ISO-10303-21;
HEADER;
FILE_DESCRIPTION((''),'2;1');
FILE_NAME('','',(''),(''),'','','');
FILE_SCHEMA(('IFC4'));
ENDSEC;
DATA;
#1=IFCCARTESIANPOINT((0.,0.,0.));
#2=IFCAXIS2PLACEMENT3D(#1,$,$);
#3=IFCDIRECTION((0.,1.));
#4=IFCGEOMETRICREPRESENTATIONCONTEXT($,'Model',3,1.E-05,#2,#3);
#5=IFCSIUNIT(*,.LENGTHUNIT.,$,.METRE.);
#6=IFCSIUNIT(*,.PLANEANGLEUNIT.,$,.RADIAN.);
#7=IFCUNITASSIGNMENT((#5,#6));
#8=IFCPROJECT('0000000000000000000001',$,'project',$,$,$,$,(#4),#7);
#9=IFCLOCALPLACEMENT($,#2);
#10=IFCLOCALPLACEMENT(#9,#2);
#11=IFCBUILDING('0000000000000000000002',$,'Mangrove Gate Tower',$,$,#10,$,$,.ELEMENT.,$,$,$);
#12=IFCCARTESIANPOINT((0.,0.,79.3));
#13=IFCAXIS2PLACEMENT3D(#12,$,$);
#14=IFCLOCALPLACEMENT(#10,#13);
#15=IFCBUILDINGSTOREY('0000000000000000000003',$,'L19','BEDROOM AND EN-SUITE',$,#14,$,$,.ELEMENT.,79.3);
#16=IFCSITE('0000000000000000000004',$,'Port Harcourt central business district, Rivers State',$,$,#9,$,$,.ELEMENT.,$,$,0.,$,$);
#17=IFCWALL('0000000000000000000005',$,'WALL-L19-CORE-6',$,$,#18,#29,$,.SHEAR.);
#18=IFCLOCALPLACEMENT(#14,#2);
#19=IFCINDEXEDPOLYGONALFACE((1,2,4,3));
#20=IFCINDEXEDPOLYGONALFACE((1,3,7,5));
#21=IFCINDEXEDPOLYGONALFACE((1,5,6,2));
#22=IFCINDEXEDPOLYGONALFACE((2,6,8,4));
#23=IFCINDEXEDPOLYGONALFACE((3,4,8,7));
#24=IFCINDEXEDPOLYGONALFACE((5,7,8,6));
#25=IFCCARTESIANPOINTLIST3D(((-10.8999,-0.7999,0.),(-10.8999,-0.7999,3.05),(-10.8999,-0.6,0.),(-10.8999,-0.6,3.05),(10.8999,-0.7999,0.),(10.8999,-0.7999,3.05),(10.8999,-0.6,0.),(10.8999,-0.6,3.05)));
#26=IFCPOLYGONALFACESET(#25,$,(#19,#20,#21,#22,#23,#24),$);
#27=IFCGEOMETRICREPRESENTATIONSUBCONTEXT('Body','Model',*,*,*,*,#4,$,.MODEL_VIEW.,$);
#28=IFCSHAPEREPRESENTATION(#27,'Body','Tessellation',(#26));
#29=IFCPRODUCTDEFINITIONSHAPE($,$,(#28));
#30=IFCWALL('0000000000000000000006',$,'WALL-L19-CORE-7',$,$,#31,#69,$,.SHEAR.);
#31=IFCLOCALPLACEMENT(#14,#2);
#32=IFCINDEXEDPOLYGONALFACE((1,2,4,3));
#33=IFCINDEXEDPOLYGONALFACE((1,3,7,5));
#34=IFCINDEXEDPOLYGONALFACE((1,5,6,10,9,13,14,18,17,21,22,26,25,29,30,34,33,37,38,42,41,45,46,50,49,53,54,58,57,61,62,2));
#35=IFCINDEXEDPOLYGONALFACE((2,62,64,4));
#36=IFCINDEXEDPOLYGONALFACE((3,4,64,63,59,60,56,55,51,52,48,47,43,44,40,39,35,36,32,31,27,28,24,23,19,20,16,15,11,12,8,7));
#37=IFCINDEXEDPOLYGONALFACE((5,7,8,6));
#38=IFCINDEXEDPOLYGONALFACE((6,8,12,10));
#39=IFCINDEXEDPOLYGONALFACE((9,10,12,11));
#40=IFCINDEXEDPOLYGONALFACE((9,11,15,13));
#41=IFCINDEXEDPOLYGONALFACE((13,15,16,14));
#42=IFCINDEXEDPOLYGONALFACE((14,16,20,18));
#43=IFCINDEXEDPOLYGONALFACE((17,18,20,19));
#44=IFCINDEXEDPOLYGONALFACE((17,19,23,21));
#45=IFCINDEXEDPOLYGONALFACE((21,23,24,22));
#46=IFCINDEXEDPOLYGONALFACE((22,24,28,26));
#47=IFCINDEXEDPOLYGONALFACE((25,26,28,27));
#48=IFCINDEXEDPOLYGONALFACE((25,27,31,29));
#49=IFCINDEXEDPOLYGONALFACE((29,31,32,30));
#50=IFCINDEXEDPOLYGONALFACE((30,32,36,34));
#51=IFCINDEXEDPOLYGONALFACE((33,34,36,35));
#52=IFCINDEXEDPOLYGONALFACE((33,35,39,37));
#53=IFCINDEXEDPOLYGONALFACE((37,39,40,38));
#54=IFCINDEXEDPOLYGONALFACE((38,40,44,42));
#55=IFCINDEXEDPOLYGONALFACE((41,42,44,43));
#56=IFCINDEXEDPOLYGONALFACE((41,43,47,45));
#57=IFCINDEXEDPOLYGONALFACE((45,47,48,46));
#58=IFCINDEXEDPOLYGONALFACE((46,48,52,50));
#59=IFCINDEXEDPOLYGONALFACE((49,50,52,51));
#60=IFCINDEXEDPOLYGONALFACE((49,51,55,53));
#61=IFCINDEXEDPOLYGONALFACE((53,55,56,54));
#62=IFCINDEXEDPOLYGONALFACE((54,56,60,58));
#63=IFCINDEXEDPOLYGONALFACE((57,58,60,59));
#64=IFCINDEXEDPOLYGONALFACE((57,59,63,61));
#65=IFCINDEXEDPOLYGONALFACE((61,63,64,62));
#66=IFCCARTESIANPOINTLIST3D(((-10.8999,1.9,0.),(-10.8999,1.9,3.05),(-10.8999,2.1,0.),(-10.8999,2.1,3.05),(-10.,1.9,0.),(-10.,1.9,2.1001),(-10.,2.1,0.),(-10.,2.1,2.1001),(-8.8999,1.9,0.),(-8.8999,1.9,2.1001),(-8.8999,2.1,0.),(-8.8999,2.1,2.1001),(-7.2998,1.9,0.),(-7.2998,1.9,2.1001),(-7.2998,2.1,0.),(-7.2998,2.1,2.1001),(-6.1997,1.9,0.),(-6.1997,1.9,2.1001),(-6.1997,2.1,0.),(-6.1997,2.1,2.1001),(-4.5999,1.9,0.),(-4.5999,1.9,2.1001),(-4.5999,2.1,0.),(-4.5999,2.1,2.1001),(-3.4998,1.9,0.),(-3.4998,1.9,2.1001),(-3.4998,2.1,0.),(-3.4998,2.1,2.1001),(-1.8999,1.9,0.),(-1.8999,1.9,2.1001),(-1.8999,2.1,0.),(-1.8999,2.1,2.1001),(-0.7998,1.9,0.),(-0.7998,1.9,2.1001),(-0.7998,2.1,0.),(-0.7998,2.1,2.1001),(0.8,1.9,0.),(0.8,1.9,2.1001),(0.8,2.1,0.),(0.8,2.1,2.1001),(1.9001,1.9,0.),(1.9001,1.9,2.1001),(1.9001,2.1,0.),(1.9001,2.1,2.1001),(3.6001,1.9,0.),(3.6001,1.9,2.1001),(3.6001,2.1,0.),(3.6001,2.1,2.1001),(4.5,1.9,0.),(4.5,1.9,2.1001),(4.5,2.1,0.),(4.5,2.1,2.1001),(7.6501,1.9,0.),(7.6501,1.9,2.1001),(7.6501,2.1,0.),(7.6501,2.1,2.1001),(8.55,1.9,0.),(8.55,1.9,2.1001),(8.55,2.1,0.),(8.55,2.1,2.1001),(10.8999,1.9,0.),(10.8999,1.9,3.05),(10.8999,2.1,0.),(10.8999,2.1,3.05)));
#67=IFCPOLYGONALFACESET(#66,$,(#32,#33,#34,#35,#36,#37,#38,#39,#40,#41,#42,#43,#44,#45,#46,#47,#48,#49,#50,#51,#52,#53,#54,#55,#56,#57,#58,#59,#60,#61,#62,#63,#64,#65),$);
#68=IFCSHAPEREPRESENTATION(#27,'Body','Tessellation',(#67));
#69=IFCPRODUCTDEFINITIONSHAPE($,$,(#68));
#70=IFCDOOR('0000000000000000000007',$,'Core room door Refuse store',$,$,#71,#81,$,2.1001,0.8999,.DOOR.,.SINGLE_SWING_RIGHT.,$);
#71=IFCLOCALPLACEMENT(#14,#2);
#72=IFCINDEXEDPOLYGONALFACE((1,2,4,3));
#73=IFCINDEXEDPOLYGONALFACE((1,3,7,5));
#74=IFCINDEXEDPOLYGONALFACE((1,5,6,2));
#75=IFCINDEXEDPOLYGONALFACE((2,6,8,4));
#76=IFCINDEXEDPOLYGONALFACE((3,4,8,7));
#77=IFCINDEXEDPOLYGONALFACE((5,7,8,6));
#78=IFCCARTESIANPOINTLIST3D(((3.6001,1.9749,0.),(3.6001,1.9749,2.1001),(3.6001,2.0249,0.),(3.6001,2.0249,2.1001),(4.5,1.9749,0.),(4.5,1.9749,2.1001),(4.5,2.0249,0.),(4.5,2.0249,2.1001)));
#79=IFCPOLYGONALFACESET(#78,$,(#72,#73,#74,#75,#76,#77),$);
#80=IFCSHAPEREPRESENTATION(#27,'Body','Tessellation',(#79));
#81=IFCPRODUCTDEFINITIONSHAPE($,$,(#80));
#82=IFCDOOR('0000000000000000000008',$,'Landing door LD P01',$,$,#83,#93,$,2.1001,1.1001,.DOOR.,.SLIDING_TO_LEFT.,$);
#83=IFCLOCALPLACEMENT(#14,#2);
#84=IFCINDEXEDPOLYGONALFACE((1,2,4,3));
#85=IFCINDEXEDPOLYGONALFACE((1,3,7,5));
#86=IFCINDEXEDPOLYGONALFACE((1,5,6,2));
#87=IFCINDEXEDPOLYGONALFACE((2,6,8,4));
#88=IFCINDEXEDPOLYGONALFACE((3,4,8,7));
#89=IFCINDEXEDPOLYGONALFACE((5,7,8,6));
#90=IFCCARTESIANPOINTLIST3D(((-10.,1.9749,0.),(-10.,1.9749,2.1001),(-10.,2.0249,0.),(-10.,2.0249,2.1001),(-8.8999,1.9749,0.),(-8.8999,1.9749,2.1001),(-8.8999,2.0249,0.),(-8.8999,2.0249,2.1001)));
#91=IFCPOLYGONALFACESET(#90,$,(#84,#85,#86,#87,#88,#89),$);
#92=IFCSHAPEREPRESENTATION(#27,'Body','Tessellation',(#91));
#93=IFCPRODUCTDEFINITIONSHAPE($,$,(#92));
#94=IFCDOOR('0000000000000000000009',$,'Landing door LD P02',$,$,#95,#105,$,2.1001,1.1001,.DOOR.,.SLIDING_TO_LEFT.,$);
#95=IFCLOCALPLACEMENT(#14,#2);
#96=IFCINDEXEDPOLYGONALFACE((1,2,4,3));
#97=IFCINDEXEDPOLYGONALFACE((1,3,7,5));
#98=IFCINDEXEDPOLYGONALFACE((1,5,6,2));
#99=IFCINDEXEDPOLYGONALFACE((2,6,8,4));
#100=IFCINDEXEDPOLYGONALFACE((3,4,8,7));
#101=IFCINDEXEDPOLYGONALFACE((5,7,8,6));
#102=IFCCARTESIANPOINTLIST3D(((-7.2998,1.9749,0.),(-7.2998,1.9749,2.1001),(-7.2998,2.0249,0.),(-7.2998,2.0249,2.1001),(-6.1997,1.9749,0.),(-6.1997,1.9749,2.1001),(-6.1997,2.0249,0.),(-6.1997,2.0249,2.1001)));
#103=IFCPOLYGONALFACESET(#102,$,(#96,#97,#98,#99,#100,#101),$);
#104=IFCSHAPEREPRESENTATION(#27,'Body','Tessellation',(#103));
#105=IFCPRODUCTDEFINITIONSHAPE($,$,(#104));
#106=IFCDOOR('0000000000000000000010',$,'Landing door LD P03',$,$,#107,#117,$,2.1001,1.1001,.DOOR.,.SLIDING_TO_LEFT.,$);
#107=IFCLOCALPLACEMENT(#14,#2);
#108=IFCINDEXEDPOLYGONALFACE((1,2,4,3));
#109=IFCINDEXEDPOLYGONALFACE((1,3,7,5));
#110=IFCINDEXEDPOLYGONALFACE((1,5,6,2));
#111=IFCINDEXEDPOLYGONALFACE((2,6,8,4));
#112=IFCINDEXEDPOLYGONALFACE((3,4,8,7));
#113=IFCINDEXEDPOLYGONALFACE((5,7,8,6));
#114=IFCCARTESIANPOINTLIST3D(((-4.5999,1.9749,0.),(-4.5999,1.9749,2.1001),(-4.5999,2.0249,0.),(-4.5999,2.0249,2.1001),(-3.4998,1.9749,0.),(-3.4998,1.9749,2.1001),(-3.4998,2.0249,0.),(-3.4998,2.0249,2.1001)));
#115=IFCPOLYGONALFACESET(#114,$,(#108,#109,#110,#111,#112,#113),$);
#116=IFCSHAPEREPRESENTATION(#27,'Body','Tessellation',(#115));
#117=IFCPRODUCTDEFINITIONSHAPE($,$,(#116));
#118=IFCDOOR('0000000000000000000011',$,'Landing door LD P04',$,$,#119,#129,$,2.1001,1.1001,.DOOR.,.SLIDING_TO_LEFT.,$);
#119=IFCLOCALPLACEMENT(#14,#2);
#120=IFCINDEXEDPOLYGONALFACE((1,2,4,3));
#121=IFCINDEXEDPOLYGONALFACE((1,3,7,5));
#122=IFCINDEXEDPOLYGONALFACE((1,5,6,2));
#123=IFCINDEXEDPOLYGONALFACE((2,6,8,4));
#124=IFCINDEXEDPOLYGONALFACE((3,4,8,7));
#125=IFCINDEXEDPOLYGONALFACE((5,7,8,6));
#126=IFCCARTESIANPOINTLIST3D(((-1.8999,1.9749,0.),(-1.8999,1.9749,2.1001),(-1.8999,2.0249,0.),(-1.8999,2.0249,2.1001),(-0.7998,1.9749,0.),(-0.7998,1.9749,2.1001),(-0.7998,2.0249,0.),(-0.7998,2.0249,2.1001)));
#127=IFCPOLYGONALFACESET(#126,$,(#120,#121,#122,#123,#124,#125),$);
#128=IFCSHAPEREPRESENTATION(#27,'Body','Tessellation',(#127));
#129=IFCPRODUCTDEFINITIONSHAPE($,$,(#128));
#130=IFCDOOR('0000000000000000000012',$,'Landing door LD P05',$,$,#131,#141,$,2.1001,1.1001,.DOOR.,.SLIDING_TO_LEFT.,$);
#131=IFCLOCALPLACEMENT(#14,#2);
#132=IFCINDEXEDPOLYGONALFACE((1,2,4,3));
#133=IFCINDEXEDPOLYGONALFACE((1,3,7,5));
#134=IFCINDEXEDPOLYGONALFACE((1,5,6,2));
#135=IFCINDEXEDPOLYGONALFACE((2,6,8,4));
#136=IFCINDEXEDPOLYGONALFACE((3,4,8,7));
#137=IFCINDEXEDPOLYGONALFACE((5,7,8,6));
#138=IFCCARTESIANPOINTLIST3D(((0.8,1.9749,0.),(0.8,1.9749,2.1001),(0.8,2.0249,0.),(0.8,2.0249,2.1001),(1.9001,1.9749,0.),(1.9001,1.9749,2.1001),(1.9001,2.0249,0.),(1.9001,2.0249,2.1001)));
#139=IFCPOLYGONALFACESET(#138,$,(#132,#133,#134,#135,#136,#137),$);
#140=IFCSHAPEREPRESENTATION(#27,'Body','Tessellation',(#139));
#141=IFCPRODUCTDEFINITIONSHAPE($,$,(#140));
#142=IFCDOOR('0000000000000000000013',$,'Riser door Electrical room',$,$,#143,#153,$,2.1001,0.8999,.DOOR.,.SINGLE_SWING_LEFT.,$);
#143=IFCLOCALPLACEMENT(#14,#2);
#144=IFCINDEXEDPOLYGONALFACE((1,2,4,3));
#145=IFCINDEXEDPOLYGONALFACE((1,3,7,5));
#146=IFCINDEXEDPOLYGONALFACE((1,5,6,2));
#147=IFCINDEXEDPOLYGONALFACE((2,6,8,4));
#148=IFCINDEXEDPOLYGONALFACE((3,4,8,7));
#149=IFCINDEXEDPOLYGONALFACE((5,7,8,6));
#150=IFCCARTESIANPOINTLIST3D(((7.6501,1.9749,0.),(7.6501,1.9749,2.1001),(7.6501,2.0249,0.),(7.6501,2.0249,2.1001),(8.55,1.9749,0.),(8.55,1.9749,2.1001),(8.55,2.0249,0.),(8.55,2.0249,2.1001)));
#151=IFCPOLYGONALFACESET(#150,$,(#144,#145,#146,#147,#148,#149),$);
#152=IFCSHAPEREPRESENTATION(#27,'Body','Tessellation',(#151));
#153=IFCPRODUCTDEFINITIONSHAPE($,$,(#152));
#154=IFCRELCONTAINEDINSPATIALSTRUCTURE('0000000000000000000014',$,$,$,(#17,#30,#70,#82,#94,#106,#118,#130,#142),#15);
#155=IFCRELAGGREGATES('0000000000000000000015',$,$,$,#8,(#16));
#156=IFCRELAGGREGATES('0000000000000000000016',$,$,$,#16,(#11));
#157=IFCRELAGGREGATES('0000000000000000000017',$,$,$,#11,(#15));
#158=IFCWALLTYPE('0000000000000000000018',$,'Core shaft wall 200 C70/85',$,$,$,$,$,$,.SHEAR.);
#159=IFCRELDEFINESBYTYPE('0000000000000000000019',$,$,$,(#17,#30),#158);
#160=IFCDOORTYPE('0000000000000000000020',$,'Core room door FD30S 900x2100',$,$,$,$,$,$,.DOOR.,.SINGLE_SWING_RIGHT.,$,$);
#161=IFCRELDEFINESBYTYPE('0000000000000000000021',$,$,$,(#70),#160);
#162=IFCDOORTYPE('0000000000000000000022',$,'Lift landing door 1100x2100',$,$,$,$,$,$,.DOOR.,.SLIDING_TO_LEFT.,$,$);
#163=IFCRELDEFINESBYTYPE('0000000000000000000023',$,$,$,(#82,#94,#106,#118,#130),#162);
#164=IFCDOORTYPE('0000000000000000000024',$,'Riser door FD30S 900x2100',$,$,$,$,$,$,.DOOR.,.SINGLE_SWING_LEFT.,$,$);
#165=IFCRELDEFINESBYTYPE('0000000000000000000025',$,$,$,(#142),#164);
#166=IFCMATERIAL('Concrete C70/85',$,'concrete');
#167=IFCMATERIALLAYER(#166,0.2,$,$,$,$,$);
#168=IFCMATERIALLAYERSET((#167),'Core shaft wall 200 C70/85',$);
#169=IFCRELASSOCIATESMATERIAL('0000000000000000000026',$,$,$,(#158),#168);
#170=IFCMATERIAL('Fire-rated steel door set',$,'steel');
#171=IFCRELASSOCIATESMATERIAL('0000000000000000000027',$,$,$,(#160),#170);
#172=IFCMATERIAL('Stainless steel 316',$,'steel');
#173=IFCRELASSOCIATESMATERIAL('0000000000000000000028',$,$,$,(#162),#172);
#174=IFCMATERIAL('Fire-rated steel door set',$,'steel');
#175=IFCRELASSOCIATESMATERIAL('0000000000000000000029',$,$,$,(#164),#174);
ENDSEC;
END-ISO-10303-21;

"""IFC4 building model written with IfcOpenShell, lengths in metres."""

from ifc_helpers import new_model, si_unit, direction, frame, frame_2d, origin, place, context, subcontext, project, spatial, rectangle, extrude, material, layer, layer_set, type_object, element, fill, save


model = new_model("IFC4")

# Units and contexts
model_context = context("Model", 3, precision=1e-05, world=origin(), true_north=direction((0.0, 1.0)))
body_context = subcontext(model_context, "Body", "Model", "MODEL_VIEW")
ifc_project = project(units=[si_unit("LENGTHUNIT", "METRE"), si_unit("PLANEANGLEUNIT", "RADIAN")], contexts=[model_context])

# Site, building, storey
site_placement = place(None, origin())
site = spatial("IfcSite", under=ifc_project, at=site_placement, Name="Port Harcourt central business district, Rivers State", CompositionType="ELEMENT", RefElevation=0.0)
building_placement = place(site_placement, origin())
building = spatial("IfcBuilding", under=site, at=building_placement, Name="Mangrove Gate Tower", CompositionType="ELEMENT")
storey_placement = place(building_placement, frame((0.0, 0.0, 79.3)))
storey = spatial("IfcBuildingStorey", under=building, at=storey_placement, Name="L19", Description="BEDROOM AND EN-SUITE", CompositionType="ELEMENT", Elevation=79.3)

# Wall
ifc_material_1 = material(Name="Concrete C70/85", Category="concrete")
ifc_layer_1 = layer(ifc_material_1, 0.2)
ifc_layer_set_1 = layer_set([ifc_layer_1], Name="Core shaft wall 200 C70/85")
wall_type_1 = type_object("IfcWallType", Name="Core shaft wall 200 C70/85", PredefinedType="SHEAR", material=ifc_layer_set_1)
wall_1_placement = place(storey_placement, frame((-10.8999, -0.7, 0.0), z_axis=(0.0, 0.0, 1.0), x_axis=(1.0, 0.0, 0.0)))
element("IfcWall", 1, at=wall_1_placement, inside=storey, type_object=wall_type_1, Name="WALL-L19-CORE-6", PredefinedType="SHEAR", context=body_context, shape_type="SweptSolid", body=[
    extrude(rectangle(XDim=21.7998, YDim=0.2, at=frame_2d((10.8999, 0.0))), origin(), (0.0, 0.0, 1.0), 3.05),
])

# Wall, openings, doors
wall_2_placement = place(storey_placement, frame((-10.8999, 2.0, 0.0), z_axis=(0.0, 0.0, 1.0), x_axis=(1.0, 0.0, 0.0)))
wall_2 = element("IfcWall", 2, at=wall_2_placement, inside=storey, type_object=wall_type_1, Name="WALL-L19-CORE-7", PredefinedType="SHEAR", context=body_context, shape_type="SweptSolid", body=[
    extrude(rectangle(XDim=21.7998, YDim=0.2, at=frame_2d((10.8999, 0.0))), origin(), (0.0, 0.0, 1.0), 3.05),
])
opening_1_placement = place(wall_2_placement, frame((0.8999, 0.0, 0.0)))
opening_1 = element("IfcOpeningElement", 3, at=opening_1_placement, cuts=wall_2, PredefinedType="OPENING", context=body_context, shape_type="SweptSolid", body=[
    extrude(rectangle(XDim=1.1001, YDim=2.1001, at=frame_2d((0.55, 1.05))), frame((0.0, 0.1099, 0.0), z_axis=(0.0, -1.0, 0.0), x_axis=(1.0, 0.0, 0.0)), (0.0, 0.0, 1.0), 0.22),
])
opening_2_placement = place(wall_2_placement, frame((3.6001, 0.0, 0.0)))
opening_2 = element("IfcOpeningElement", 4, at=opening_2_placement, cuts=wall_2, PredefinedType="OPENING", context=body_context, shape_type="SweptSolid", body=[
    extrude(rectangle(XDim=1.1001, YDim=2.1001, at=frame_2d((0.55, 1.05))), frame((0.0, 0.1099, 0.0), z_axis=(0.0, -1.0, 0.0), x_axis=(1.0, 0.0, 0.0)), (0.0, 0.0, 1.0), 0.22),
])
opening_3_placement = place(wall_2_placement, frame((6.3, 0.0, 0.0)))
opening_3 = element("IfcOpeningElement", 5, at=opening_3_placement, cuts=wall_2, PredefinedType="OPENING", context=body_context, shape_type="SweptSolid", body=[
    extrude(rectangle(XDim=1.1001, YDim=2.1001, at=frame_2d((0.55, 1.05))), frame((0.0, 0.1099, 0.0), z_axis=(0.0, -1.0, 0.0), x_axis=(1.0, 0.0, 0.0)), (0.0, 0.0, 1.0), 0.22),
])
opening_4_placement = place(wall_2_placement, frame((9.0, 0.0, 0.0)))
opening_4 = element("IfcOpeningElement", 6, at=opening_4_placement, cuts=wall_2, PredefinedType="OPENING", context=body_context, shape_type="SweptSolid", body=[
    extrude(rectangle(XDim=1.1001, YDim=2.1001, at=frame_2d((0.55, 1.05))), frame((0.0, 0.1099, 0.0), z_axis=(0.0, -1.0, 0.0), x_axis=(1.0, 0.0, 0.0)), (0.0, 0.0, 1.0), 0.22),
])
opening_5_placement = place(wall_2_placement, frame((11.7, 0.0, 0.0)))
opening_5 = element("IfcOpeningElement", 7, at=opening_5_placement, cuts=wall_2, PredefinedType="OPENING", context=body_context, shape_type="SweptSolid", body=[
    extrude(rectangle(XDim=1.1001, YDim=2.1001, at=frame_2d((0.55, 1.05))), frame((0.0, 0.1099, 0.0), z_axis=(0.0, -1.0, 0.0), x_axis=(1.0, 0.0, 0.0)), (0.0, 0.0, 1.0), 0.22),
])
opening_6_placement = place(wall_2_placement, frame((14.5, 0.0, 0.0)))
opening_6 = element("IfcOpeningElement", 8, at=opening_6_placement, cuts=wall_2, PredefinedType="OPENING", context=body_context, shape_type="SweptSolid", body=[
    extrude(rectangle(XDim=0.8999, YDim=2.1001, at=frame_2d((0.45, 1.05))), frame((0.0, 0.1099, 0.0), z_axis=(0.0, -1.0, 0.0), x_axis=(1.0, 0.0, 0.0)), (0.0, 0.0, 1.0), 0.22),
])
opening_7_placement = place(wall_2_placement, frame((18.55, 0.0, 0.0)))
opening_7 = element("IfcOpeningElement", 9, at=opening_7_placement, cuts=wall_2, PredefinedType="OPENING", context=body_context, shape_type="SweptSolid", body=[
    extrude(rectangle(XDim=0.8999, YDim=2.1001, at=frame_2d((0.45, 1.05))), frame((0.0, 0.1099, 0.0), z_axis=(0.0, -1.0, 0.0), x_axis=(1.0, 0.0, 0.0)), (0.0, 0.0, 1.0), 0.22),
])
ifc_material_2 = material(Name="Fire-rated steel door set", Category="steel")
door_type_1 = type_object("IfcDoorType", Name="Core room door FD30S 900x2100", OperationType="SINGLE_SWING_RIGHT", PredefinedType="DOOR", material=ifc_material_2)
door_1_placement = place(opening_6_placement, origin())
door_1 = element("IfcDoor", 10, at=door_1_placement, inside=storey, type_object=door_type_1, Name="Core room door Refuse store", OperationType="SINGLE_SWING_RIGHT", OverallHeight=2.1001, OverallWidth=0.8999, PredefinedType="DOOR", context=body_context, shape_type="SweptSolid", body=[
    extrude(rectangle(XDim=0.8999, YDim=2.1001, at=frame_2d((0.45, 1.05))), frame((0.0, 0.0249, 0.0), z_axis=(0.0, -1.0, 0.0), x_axis=(1.0, 0.0, 0.0)), (0.0, 0.0, 1.0), 0.05),
])
fill(opening_6, door_1)
ifc_material_3 = material(Name="Stainless steel 316", Category="steel")
door_type_2 = type_object("IfcDoorType", Name="Lift landing door 1100x2100", OperationType="SLIDING_TO_LEFT", PredefinedType="DOOR", material=ifc_material_3)
door_2_placement = place(opening_1_placement, origin())
door_2 = element("IfcDoor", 11, at=door_2_placement, inside=storey, type_object=door_type_2, Name="Landing door LD P01", OperationType="SLIDING_TO_LEFT", OverallHeight=2.1001, OverallWidth=1.1001, PredefinedType="DOOR", context=body_context, shape_type="SweptSolid", body=[
    extrude(rectangle(XDim=1.1001, YDim=2.1001, at=frame_2d((0.55, 1.05))), frame((0.0, 0.0249, 0.0), z_axis=(0.0, -1.0, 0.0), x_axis=(1.0, 0.0, 0.0)), (0.0, 0.0, 1.0), 0.05),
])
fill(opening_1, door_2)
door_3_placement = place(opening_2_placement, origin())
door_3 = element("IfcDoor", 12, at=door_3_placement, inside=storey, type_object=door_type_2, Name="Landing door LD P02", OperationType="SLIDING_TO_LEFT", OverallHeight=2.1001, OverallWidth=1.1001, PredefinedType="DOOR", context=body_context, shape_type="SweptSolid", body=[
    extrude(rectangle(XDim=1.1001, YDim=2.1001, at=frame_2d((0.55, 1.05))), frame((0.0, 0.0249, 0.0), z_axis=(0.0, -1.0, 0.0), x_axis=(1.0, 0.0, 0.0)), (0.0, 0.0, 1.0), 0.05),
])
fill(opening_2, door_3)
door_4_placement = place(opening_3_placement, origin())
door_4 = element("IfcDoor", 13, at=door_4_placement, inside=storey, type_object=door_type_2, Name="Landing door LD P03", OperationType="SLIDING_TO_LEFT", OverallHeight=2.1001, OverallWidth=1.1001, PredefinedType="DOOR", context=body_context, shape_type="SweptSolid", body=[
    extrude(rectangle(XDim=1.1001, YDim=2.1001, at=frame_2d((0.55, 1.05))), frame((0.0, 0.0249, 0.0), z_axis=(0.0, -1.0, 0.0), x_axis=(1.0, 0.0, 0.0)), (0.0, 0.0, 1.0), 0.05),
])
fill(opening_3, door_4)
door_5_placement = place(opening_4_placement, origin())
door_5 = element("IfcDoor", 14, at=door_5_placement, inside=storey, type_object=door_type_2, Name="Landing door LD P04", OperationType="SLIDING_TO_LEFT", OverallHeight=2.1001, OverallWidth=1.1001, PredefinedType="DOOR", context=body_context, shape_type="SweptSolid", body=[
    extrude(rectangle(XDim=1.1001, YDim=2.1001, at=frame_2d((0.55, 1.05))), frame((0.0, 0.0249, 0.0), z_axis=(0.0, -1.0, 0.0), x_axis=(1.0, 0.0, 0.0)), (0.0, 0.0, 1.0), 0.05),
])
fill(opening_4, door_5)
door_6_placement = place(opening_5_placement, origin())
door_6 = element("IfcDoor", 15, at=door_6_placement, inside=storey, type_object=door_type_2, Name="Landing door LD P05", OperationType="SLIDING_TO_LEFT", OverallHeight=2.1001, OverallWidth=1.1001, PredefinedType="DOOR", context=body_context, shape_type="SweptSolid", body=[
    extrude(rectangle(XDim=1.1001, YDim=2.1001, at=frame_2d((0.55, 1.05))), frame((0.0, 0.0249, 0.0), z_axis=(0.0, -1.0, 0.0), x_axis=(1.0, 0.0, 0.0)), (0.0, 0.0, 1.0), 0.05),
])
fill(opening_5, door_6)
ifc_material_4 = material(Name="Fire-rated steel door set", Category="steel")
door_type_3 = type_object("IfcDoorType", Name="Riser door FD30S 900x2100", OperationType="SINGLE_SWING_LEFT", PredefinedType="DOOR", material=ifc_material_4)
door_7_placement = place(opening_7_placement, origin())
door_7 = element("IfcDoor", 16, at=door_7_placement, inside=storey, type_object=door_type_3, Name="Riser door Electrical room", OperationType="SINGLE_SWING_LEFT", OverallHeight=2.1001, OverallWidth=0.8999, PredefinedType="DOOR", context=body_context, shape_type="SweptSolid", body=[
    extrude(rectangle(XDim=0.8999, YDim=2.1001, at=frame_2d((0.45, 1.05))), frame((0.0, 0.0249, 0.0), z_axis=(0.0, -1.0, 0.0), x_axis=(1.0, 0.0, 0.0)), (0.0, 0.0, 1.0), 0.05),
])
fill(opening_7, door_7)

save(model, "model.ifc")
